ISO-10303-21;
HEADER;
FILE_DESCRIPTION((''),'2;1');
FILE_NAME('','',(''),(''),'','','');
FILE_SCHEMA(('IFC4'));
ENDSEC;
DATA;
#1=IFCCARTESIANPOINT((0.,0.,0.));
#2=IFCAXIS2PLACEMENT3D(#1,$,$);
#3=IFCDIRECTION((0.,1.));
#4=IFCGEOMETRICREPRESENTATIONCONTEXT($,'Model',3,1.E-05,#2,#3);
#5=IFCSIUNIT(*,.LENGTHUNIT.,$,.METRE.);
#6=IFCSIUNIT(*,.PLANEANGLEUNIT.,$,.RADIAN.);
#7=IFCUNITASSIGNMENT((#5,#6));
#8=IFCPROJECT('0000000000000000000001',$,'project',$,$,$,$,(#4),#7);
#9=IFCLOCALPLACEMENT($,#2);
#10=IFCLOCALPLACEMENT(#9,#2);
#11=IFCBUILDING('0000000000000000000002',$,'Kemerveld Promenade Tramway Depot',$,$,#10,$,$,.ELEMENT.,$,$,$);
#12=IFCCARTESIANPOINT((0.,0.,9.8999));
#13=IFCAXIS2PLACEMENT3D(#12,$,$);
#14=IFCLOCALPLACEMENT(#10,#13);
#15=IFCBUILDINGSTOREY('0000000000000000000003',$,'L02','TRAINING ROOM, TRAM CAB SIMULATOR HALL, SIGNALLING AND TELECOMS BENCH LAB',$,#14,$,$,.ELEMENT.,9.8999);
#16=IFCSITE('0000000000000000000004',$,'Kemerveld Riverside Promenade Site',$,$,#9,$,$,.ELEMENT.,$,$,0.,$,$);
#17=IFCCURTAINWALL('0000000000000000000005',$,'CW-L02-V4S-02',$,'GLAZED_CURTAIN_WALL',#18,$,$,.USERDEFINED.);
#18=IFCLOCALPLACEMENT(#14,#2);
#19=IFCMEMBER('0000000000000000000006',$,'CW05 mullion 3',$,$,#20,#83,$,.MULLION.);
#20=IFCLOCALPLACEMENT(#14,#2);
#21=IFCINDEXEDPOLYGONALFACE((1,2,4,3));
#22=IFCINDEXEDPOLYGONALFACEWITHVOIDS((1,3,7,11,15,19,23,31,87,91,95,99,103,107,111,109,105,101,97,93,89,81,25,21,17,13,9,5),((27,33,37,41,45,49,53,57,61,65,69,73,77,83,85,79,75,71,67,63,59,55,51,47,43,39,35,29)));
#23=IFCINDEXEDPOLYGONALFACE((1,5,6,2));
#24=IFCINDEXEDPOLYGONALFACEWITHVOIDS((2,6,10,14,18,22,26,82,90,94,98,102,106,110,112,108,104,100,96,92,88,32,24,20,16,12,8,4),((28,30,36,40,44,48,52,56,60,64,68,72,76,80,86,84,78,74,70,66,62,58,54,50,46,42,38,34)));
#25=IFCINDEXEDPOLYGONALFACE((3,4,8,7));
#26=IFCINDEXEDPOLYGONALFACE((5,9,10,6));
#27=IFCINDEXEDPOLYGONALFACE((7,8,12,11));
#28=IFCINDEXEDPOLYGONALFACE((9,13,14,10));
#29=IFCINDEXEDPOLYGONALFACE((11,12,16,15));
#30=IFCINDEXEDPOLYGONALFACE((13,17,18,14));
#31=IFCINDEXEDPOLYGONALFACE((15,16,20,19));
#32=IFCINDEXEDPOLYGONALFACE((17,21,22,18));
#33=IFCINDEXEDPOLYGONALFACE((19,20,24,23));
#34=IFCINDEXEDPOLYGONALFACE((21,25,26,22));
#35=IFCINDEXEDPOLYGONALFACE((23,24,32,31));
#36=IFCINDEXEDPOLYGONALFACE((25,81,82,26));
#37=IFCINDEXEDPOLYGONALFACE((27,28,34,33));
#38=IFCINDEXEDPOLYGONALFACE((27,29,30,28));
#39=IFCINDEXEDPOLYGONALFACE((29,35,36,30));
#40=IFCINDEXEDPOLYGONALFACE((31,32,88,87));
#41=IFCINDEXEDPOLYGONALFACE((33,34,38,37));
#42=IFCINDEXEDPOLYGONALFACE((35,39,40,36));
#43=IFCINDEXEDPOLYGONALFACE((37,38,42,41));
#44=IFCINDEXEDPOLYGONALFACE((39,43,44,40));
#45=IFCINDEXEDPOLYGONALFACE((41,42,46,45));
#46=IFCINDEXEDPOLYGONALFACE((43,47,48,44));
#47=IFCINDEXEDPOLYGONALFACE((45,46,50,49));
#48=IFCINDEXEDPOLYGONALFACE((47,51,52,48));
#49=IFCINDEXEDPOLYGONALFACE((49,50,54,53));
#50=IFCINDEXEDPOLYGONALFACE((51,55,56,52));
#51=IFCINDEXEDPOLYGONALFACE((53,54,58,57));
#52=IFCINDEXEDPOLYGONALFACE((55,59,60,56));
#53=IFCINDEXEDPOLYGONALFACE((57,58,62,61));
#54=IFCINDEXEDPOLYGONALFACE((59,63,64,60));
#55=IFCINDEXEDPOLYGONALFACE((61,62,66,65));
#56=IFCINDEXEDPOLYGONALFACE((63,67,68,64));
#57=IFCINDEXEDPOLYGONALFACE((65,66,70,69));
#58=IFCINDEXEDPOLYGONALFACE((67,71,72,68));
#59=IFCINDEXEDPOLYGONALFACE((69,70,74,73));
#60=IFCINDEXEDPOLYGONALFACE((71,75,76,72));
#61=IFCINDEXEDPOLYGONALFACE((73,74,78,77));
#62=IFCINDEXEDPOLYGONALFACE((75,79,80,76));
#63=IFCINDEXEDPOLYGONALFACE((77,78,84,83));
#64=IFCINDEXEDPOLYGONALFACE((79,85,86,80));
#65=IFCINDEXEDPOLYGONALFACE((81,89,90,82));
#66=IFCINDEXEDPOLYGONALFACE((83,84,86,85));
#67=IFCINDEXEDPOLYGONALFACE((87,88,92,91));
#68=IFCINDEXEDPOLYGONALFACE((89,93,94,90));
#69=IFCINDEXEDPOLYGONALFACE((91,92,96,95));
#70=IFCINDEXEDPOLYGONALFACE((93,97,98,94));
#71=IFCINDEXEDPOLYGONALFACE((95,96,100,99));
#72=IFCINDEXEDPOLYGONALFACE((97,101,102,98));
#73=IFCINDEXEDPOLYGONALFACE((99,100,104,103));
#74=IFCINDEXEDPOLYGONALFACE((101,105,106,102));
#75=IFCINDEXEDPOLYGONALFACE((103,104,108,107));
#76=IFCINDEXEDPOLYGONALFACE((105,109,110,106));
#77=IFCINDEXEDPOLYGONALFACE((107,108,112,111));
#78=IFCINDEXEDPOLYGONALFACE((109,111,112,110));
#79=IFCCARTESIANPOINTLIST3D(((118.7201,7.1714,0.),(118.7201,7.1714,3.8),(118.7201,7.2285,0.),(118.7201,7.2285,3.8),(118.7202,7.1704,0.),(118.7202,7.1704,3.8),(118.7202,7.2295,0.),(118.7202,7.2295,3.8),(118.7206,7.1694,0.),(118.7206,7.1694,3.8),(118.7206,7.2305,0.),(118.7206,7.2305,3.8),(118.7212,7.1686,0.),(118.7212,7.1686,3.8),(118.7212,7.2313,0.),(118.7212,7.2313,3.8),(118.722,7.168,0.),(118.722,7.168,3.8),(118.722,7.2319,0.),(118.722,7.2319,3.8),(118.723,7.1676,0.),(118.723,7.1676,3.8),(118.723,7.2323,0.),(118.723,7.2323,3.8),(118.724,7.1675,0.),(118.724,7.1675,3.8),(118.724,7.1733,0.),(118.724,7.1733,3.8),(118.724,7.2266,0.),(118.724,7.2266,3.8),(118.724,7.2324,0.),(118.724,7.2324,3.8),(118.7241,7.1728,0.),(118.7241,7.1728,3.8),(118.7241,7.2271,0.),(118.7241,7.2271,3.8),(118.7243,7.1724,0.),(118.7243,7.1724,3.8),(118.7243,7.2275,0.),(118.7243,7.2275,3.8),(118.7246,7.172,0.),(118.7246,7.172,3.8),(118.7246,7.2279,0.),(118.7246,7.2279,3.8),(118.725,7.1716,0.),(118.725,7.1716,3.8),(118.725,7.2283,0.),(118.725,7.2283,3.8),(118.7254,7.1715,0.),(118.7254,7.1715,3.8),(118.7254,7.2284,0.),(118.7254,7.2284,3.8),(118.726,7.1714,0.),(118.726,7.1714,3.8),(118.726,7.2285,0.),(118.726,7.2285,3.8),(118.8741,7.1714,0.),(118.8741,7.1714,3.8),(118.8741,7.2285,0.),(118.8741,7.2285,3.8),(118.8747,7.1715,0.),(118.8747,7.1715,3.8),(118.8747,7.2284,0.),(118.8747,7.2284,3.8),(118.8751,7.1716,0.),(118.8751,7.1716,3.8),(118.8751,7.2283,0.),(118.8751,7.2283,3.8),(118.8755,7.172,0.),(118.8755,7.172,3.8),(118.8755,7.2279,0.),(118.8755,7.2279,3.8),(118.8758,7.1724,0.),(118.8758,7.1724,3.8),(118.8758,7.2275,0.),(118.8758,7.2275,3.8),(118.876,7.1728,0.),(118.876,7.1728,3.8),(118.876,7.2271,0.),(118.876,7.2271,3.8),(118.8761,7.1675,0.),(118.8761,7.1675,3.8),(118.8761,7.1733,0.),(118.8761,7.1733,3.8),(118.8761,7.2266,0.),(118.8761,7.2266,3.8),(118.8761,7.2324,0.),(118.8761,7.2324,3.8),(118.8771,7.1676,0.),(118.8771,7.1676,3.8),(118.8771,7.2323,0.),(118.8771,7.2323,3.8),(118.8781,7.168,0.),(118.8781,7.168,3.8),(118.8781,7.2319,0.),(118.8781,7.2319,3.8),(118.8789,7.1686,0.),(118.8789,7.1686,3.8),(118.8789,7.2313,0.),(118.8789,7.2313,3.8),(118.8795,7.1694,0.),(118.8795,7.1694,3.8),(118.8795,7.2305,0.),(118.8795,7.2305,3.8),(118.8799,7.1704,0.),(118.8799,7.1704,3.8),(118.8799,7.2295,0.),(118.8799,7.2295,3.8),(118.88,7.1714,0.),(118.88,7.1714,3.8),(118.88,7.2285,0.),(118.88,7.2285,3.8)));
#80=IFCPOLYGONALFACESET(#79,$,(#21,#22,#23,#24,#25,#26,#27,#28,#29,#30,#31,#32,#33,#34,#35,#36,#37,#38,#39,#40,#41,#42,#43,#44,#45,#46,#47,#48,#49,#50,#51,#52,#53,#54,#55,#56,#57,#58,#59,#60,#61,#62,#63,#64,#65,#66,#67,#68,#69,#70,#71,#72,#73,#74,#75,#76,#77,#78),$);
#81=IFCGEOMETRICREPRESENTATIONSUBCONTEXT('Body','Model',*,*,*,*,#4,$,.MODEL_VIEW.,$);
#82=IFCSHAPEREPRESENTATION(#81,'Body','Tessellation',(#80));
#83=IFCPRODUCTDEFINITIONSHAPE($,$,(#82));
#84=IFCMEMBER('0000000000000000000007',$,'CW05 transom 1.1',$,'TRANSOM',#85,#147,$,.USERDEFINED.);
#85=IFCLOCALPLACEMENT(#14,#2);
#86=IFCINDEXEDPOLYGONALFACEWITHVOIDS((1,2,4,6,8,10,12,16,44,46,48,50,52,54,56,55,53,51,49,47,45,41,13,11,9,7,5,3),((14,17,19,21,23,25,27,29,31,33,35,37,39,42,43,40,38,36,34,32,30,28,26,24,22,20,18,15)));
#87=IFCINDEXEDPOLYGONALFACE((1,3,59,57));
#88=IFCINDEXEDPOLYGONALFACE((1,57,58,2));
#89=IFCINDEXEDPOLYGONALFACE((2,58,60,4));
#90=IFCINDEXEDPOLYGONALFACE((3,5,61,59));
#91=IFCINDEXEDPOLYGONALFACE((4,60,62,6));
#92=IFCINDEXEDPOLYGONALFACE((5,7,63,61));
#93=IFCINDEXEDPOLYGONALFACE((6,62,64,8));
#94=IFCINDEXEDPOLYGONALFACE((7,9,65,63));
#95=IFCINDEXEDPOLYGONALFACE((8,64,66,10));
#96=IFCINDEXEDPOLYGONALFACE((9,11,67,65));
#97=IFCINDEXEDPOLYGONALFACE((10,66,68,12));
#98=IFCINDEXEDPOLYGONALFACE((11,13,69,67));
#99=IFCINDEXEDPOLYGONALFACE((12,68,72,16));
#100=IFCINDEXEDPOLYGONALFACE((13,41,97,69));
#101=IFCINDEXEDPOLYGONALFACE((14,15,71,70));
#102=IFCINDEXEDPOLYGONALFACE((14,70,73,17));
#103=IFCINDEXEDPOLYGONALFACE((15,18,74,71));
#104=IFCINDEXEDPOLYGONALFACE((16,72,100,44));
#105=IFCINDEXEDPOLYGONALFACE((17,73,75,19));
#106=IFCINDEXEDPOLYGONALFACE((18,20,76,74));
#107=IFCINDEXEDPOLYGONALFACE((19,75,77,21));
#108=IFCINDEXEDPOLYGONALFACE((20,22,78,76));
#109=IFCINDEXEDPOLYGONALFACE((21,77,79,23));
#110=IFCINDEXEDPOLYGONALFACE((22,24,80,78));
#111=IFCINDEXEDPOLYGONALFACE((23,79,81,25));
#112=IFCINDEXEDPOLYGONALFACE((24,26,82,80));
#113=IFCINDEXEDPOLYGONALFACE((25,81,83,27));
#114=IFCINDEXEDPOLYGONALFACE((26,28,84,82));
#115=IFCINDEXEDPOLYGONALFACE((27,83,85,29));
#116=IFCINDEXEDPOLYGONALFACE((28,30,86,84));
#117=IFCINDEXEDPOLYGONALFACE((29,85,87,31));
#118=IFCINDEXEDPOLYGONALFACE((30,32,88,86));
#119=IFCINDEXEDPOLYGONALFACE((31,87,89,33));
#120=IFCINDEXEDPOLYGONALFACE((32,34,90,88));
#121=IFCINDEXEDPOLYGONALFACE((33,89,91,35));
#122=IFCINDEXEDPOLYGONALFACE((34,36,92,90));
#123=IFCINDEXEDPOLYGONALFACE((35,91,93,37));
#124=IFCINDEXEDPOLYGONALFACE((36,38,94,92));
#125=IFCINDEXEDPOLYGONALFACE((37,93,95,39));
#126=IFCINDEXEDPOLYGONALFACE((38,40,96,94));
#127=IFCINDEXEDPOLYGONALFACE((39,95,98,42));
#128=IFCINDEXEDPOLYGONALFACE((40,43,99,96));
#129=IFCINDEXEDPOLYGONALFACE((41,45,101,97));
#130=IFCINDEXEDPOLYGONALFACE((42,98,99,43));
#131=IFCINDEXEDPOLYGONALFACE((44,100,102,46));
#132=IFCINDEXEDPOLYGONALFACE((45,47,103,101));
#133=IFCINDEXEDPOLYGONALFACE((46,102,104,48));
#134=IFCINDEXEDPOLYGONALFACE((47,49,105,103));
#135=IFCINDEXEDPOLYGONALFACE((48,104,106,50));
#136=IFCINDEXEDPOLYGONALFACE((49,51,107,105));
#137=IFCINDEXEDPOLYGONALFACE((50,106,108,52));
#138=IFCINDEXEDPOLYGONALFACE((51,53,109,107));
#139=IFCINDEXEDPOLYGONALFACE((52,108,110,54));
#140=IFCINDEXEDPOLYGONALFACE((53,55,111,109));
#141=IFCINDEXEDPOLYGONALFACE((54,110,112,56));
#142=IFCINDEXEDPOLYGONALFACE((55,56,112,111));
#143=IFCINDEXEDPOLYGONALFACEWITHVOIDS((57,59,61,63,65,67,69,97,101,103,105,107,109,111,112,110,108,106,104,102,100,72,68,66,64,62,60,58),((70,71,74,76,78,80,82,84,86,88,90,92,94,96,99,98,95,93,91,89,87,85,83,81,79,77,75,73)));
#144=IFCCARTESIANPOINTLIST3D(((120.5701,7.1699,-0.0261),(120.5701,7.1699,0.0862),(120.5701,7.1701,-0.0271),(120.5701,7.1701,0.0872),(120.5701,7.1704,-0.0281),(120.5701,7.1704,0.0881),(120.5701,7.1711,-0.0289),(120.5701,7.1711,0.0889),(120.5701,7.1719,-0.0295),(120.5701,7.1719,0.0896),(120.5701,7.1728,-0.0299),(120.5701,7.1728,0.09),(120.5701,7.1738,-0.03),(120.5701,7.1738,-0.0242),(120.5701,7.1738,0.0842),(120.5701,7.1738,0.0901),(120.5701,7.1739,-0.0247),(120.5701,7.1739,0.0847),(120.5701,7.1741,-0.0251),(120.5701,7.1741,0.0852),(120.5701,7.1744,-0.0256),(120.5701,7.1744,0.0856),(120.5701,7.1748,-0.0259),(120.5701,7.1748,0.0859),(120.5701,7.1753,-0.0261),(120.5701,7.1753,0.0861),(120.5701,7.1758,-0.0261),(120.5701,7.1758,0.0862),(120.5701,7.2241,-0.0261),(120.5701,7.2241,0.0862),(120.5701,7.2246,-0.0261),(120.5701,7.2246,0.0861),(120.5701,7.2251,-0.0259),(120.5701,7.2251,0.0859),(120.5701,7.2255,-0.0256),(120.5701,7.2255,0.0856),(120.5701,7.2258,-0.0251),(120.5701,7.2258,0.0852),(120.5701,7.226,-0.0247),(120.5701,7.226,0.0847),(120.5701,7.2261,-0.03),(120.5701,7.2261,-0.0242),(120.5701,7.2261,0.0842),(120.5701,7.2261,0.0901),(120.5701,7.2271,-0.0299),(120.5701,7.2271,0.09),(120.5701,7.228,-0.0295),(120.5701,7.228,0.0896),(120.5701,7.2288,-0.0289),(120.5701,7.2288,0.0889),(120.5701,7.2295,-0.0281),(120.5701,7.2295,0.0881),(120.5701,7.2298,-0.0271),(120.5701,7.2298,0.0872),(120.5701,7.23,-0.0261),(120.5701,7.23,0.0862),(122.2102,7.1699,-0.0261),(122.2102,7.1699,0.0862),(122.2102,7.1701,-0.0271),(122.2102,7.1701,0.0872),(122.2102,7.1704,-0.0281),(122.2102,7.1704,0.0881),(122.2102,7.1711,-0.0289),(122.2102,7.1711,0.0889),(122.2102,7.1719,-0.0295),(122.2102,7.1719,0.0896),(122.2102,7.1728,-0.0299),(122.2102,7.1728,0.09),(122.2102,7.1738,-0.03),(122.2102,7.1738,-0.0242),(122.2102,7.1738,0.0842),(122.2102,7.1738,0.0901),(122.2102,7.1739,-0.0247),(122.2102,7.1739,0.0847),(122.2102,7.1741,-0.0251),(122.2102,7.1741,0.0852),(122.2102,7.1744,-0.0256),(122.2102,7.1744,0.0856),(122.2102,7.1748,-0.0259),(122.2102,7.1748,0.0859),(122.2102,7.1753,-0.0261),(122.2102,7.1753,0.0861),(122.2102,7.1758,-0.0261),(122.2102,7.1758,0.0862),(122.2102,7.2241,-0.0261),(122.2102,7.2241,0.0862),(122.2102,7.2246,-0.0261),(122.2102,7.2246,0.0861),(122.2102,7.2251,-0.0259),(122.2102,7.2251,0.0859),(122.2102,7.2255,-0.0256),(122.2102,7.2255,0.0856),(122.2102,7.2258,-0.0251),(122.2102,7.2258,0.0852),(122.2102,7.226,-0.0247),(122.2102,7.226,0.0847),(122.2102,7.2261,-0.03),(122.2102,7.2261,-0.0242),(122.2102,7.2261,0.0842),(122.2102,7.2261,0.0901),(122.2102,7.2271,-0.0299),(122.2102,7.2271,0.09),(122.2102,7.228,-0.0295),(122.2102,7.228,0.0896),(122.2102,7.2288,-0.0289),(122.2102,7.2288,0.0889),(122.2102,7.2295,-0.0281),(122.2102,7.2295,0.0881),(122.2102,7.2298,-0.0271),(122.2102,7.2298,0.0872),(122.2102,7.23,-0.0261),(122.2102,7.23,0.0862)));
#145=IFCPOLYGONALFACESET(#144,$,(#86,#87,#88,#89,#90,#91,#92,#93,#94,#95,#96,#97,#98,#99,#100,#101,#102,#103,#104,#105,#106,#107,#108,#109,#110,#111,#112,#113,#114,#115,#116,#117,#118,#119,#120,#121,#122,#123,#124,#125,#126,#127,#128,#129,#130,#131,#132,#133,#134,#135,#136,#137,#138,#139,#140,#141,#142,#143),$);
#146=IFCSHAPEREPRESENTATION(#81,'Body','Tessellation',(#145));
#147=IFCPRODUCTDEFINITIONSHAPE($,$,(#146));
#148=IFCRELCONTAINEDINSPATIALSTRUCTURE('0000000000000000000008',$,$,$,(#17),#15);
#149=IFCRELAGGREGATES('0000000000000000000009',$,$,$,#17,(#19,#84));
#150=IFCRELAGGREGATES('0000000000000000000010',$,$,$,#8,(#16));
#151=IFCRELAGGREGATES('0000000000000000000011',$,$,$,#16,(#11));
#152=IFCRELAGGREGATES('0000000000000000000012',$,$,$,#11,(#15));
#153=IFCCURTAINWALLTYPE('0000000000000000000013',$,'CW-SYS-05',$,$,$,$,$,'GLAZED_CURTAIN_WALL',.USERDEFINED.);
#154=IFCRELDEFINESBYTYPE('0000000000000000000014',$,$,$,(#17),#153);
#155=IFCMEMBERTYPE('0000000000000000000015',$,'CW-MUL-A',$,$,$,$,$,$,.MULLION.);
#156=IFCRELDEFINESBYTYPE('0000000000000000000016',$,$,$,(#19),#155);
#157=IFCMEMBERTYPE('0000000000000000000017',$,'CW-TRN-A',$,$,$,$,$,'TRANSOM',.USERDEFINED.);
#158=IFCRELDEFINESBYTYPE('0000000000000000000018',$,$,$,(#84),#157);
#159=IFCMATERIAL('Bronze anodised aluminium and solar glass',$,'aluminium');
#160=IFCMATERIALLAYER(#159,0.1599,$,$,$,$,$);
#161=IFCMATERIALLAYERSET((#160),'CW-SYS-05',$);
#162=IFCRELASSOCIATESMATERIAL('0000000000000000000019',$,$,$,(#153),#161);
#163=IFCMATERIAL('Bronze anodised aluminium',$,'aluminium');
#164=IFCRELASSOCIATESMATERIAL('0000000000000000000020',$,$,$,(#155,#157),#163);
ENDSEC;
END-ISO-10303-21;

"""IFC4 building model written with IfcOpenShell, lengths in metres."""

from ifc_helpers import new_model, si_unit, direction, frame, origin, origin_2d, place, context, subcontext, project, spatial, hollow_rectangle, extrude, material, layer, layer_set, material_profile, profile_set, type_object, element, aggregate, save


model = new_model("IFC4")

# Units and contexts
model_context = context("Model", 3, precision=1e-05, world=origin(), true_north=direction((0.0, 1.0)))
body_context = subcontext(model_context, "Body", "Model", "MODEL_VIEW")
ifc_project = project(units=[si_unit("LENGTHUNIT", "METRE"), si_unit("PLANEANGLEUNIT", "RADIAN")], contexts=[model_context])

# Site, building, storey
site_placement = place(None, origin())
site = spatial("IfcSite", under=ifc_project, at=site_placement, Name="Kemerveld Riverside Promenade Site", CompositionType="ELEMENT", RefElevation=0.0)
building_placement = place(site_placement, origin())
building = spatial("IfcBuilding", under=site, at=building_placement, Name="Kemerveld Promenade Tramway Depot", CompositionType="ELEMENT")
storey_placement = place(building_placement, frame((0.0, 0.0, 9.8999)))
storey = spatial("IfcBuildingStorey", under=building, at=storey_placement, Name="L02", Description="TRAINING ROOM, TRAM CAB SIMULATOR HALL, SIGNALLING AND TELECOMS BENCH LAB", CompositionType="ELEMENT", Elevation=9.8999)

# Curtain wall, members
ifc_material_1 = material(Name="Bronze anodised aluminium and solar glass", Category="aluminium")
ifc_layer_1 = layer(ifc_material_1, 0.1599)
ifc_layer_set_1 = layer_set([ifc_layer_1], Name="CW-SYS-05")
curtain_wall_type = type_object("IfcCurtainWallType", Name="CW-SYS-05", ElementType="GLAZED_CURTAIN_WALL", PredefinedType="USERDEFINED", material=ifc_layer_set_1)
curtain_wall_placement = place(storey_placement, origin())
curtain_wall = element("IfcCurtainWall", 1, at=curtain_wall_placement, inside=storey, type_object=curtain_wall_type, Name="CW-L02-V4S-02", ObjectType="GLAZED_CURTAIN_WALL", PredefinedType="USERDEFINED")
ifc_material_2 = material(Name="Bronze anodised aluminium", Category="aluminium")
ifc_material_profile_1 = material_profile(ifc_material_2, hollow_rectangle(XDim=0.0649, YDim=0.1599, WallThickness=0.0039, InnerFilletRadius=0.002, OuterFilletRadius=0.0039, at=origin_2d()), Name="CW-MUL-160x65")
ifc_profile_set_1 = profile_set([ifc_material_profile_1], Name="Bronze anodised aluminium")
member_type_1 = type_object("IfcMemberType", Name="CW-MUL-A", PredefinedType="MULLION", material=ifc_profile_set_1)
member_1_placement = place(storey_placement, frame((118.8, 7.2, 0.0), z_axis=(0.0, 0.0, 1.0), x_axis=(0.0, -1.0, 0.0)))
member_1 = element("IfcMember", 2, at=member_1_placement, type_object=member_type_1, Name="CW05 mullion 3", PredefinedType="MULLION", context=body_context, shape_type="SweptSolid", body=[
    extrude(hollow_rectangle(XDim=0.0649, YDim=0.1599, WallThickness=0.0039, InnerFilletRadius=0.002, OuterFilletRadius=0.0039, at=origin_2d()), origin(), (0.0, 0.0, 1.0), 3.8),
])
ifc_material_profile_2 = material_profile(ifc_material_2, hollow_rectangle(XDim=0.0601, YDim=0.1201, WallThickness=0.0039, InnerFilletRadius=0.002, OuterFilletRadius=0.0039, at=origin_2d()), Name="CW-TRN-120x60")
ifc_profile_set_2 = profile_set([ifc_material_profile_2], Name="Bronze anodised aluminium")
member_type_2 = type_object("IfcMemberType", Name="CW-TRN-A", ElementType="TRANSOM", PredefinedType="USERDEFINED", material=ifc_profile_set_2)
member_2_placement = place(storey_placement, frame((122.2102, 7.2, 0.03), z_axis=(-1.0, 0.0, 0.0), x_axis=(0.0, -1.0, 0.0)))
member_2 = element("IfcMember", 3, at=member_2_placement, type_object=member_type_2, Name="CW05 transom 1.1", ObjectType="TRANSOM", PredefinedType="USERDEFINED", context=body_context, shape_type="SweptSolid", body=[
    extrude(hollow_rectangle(XDim=0.0601, YDim=0.1201, WallThickness=0.0039, InnerFilletRadius=0.002, OuterFilletRadius=0.0039, at=origin_2d()), origin(), (0.0, 0.0, 1.0), 1.6401),
])
aggregate(curtain_wall, [member_1, member_2])

save(model, "model.ifc")
